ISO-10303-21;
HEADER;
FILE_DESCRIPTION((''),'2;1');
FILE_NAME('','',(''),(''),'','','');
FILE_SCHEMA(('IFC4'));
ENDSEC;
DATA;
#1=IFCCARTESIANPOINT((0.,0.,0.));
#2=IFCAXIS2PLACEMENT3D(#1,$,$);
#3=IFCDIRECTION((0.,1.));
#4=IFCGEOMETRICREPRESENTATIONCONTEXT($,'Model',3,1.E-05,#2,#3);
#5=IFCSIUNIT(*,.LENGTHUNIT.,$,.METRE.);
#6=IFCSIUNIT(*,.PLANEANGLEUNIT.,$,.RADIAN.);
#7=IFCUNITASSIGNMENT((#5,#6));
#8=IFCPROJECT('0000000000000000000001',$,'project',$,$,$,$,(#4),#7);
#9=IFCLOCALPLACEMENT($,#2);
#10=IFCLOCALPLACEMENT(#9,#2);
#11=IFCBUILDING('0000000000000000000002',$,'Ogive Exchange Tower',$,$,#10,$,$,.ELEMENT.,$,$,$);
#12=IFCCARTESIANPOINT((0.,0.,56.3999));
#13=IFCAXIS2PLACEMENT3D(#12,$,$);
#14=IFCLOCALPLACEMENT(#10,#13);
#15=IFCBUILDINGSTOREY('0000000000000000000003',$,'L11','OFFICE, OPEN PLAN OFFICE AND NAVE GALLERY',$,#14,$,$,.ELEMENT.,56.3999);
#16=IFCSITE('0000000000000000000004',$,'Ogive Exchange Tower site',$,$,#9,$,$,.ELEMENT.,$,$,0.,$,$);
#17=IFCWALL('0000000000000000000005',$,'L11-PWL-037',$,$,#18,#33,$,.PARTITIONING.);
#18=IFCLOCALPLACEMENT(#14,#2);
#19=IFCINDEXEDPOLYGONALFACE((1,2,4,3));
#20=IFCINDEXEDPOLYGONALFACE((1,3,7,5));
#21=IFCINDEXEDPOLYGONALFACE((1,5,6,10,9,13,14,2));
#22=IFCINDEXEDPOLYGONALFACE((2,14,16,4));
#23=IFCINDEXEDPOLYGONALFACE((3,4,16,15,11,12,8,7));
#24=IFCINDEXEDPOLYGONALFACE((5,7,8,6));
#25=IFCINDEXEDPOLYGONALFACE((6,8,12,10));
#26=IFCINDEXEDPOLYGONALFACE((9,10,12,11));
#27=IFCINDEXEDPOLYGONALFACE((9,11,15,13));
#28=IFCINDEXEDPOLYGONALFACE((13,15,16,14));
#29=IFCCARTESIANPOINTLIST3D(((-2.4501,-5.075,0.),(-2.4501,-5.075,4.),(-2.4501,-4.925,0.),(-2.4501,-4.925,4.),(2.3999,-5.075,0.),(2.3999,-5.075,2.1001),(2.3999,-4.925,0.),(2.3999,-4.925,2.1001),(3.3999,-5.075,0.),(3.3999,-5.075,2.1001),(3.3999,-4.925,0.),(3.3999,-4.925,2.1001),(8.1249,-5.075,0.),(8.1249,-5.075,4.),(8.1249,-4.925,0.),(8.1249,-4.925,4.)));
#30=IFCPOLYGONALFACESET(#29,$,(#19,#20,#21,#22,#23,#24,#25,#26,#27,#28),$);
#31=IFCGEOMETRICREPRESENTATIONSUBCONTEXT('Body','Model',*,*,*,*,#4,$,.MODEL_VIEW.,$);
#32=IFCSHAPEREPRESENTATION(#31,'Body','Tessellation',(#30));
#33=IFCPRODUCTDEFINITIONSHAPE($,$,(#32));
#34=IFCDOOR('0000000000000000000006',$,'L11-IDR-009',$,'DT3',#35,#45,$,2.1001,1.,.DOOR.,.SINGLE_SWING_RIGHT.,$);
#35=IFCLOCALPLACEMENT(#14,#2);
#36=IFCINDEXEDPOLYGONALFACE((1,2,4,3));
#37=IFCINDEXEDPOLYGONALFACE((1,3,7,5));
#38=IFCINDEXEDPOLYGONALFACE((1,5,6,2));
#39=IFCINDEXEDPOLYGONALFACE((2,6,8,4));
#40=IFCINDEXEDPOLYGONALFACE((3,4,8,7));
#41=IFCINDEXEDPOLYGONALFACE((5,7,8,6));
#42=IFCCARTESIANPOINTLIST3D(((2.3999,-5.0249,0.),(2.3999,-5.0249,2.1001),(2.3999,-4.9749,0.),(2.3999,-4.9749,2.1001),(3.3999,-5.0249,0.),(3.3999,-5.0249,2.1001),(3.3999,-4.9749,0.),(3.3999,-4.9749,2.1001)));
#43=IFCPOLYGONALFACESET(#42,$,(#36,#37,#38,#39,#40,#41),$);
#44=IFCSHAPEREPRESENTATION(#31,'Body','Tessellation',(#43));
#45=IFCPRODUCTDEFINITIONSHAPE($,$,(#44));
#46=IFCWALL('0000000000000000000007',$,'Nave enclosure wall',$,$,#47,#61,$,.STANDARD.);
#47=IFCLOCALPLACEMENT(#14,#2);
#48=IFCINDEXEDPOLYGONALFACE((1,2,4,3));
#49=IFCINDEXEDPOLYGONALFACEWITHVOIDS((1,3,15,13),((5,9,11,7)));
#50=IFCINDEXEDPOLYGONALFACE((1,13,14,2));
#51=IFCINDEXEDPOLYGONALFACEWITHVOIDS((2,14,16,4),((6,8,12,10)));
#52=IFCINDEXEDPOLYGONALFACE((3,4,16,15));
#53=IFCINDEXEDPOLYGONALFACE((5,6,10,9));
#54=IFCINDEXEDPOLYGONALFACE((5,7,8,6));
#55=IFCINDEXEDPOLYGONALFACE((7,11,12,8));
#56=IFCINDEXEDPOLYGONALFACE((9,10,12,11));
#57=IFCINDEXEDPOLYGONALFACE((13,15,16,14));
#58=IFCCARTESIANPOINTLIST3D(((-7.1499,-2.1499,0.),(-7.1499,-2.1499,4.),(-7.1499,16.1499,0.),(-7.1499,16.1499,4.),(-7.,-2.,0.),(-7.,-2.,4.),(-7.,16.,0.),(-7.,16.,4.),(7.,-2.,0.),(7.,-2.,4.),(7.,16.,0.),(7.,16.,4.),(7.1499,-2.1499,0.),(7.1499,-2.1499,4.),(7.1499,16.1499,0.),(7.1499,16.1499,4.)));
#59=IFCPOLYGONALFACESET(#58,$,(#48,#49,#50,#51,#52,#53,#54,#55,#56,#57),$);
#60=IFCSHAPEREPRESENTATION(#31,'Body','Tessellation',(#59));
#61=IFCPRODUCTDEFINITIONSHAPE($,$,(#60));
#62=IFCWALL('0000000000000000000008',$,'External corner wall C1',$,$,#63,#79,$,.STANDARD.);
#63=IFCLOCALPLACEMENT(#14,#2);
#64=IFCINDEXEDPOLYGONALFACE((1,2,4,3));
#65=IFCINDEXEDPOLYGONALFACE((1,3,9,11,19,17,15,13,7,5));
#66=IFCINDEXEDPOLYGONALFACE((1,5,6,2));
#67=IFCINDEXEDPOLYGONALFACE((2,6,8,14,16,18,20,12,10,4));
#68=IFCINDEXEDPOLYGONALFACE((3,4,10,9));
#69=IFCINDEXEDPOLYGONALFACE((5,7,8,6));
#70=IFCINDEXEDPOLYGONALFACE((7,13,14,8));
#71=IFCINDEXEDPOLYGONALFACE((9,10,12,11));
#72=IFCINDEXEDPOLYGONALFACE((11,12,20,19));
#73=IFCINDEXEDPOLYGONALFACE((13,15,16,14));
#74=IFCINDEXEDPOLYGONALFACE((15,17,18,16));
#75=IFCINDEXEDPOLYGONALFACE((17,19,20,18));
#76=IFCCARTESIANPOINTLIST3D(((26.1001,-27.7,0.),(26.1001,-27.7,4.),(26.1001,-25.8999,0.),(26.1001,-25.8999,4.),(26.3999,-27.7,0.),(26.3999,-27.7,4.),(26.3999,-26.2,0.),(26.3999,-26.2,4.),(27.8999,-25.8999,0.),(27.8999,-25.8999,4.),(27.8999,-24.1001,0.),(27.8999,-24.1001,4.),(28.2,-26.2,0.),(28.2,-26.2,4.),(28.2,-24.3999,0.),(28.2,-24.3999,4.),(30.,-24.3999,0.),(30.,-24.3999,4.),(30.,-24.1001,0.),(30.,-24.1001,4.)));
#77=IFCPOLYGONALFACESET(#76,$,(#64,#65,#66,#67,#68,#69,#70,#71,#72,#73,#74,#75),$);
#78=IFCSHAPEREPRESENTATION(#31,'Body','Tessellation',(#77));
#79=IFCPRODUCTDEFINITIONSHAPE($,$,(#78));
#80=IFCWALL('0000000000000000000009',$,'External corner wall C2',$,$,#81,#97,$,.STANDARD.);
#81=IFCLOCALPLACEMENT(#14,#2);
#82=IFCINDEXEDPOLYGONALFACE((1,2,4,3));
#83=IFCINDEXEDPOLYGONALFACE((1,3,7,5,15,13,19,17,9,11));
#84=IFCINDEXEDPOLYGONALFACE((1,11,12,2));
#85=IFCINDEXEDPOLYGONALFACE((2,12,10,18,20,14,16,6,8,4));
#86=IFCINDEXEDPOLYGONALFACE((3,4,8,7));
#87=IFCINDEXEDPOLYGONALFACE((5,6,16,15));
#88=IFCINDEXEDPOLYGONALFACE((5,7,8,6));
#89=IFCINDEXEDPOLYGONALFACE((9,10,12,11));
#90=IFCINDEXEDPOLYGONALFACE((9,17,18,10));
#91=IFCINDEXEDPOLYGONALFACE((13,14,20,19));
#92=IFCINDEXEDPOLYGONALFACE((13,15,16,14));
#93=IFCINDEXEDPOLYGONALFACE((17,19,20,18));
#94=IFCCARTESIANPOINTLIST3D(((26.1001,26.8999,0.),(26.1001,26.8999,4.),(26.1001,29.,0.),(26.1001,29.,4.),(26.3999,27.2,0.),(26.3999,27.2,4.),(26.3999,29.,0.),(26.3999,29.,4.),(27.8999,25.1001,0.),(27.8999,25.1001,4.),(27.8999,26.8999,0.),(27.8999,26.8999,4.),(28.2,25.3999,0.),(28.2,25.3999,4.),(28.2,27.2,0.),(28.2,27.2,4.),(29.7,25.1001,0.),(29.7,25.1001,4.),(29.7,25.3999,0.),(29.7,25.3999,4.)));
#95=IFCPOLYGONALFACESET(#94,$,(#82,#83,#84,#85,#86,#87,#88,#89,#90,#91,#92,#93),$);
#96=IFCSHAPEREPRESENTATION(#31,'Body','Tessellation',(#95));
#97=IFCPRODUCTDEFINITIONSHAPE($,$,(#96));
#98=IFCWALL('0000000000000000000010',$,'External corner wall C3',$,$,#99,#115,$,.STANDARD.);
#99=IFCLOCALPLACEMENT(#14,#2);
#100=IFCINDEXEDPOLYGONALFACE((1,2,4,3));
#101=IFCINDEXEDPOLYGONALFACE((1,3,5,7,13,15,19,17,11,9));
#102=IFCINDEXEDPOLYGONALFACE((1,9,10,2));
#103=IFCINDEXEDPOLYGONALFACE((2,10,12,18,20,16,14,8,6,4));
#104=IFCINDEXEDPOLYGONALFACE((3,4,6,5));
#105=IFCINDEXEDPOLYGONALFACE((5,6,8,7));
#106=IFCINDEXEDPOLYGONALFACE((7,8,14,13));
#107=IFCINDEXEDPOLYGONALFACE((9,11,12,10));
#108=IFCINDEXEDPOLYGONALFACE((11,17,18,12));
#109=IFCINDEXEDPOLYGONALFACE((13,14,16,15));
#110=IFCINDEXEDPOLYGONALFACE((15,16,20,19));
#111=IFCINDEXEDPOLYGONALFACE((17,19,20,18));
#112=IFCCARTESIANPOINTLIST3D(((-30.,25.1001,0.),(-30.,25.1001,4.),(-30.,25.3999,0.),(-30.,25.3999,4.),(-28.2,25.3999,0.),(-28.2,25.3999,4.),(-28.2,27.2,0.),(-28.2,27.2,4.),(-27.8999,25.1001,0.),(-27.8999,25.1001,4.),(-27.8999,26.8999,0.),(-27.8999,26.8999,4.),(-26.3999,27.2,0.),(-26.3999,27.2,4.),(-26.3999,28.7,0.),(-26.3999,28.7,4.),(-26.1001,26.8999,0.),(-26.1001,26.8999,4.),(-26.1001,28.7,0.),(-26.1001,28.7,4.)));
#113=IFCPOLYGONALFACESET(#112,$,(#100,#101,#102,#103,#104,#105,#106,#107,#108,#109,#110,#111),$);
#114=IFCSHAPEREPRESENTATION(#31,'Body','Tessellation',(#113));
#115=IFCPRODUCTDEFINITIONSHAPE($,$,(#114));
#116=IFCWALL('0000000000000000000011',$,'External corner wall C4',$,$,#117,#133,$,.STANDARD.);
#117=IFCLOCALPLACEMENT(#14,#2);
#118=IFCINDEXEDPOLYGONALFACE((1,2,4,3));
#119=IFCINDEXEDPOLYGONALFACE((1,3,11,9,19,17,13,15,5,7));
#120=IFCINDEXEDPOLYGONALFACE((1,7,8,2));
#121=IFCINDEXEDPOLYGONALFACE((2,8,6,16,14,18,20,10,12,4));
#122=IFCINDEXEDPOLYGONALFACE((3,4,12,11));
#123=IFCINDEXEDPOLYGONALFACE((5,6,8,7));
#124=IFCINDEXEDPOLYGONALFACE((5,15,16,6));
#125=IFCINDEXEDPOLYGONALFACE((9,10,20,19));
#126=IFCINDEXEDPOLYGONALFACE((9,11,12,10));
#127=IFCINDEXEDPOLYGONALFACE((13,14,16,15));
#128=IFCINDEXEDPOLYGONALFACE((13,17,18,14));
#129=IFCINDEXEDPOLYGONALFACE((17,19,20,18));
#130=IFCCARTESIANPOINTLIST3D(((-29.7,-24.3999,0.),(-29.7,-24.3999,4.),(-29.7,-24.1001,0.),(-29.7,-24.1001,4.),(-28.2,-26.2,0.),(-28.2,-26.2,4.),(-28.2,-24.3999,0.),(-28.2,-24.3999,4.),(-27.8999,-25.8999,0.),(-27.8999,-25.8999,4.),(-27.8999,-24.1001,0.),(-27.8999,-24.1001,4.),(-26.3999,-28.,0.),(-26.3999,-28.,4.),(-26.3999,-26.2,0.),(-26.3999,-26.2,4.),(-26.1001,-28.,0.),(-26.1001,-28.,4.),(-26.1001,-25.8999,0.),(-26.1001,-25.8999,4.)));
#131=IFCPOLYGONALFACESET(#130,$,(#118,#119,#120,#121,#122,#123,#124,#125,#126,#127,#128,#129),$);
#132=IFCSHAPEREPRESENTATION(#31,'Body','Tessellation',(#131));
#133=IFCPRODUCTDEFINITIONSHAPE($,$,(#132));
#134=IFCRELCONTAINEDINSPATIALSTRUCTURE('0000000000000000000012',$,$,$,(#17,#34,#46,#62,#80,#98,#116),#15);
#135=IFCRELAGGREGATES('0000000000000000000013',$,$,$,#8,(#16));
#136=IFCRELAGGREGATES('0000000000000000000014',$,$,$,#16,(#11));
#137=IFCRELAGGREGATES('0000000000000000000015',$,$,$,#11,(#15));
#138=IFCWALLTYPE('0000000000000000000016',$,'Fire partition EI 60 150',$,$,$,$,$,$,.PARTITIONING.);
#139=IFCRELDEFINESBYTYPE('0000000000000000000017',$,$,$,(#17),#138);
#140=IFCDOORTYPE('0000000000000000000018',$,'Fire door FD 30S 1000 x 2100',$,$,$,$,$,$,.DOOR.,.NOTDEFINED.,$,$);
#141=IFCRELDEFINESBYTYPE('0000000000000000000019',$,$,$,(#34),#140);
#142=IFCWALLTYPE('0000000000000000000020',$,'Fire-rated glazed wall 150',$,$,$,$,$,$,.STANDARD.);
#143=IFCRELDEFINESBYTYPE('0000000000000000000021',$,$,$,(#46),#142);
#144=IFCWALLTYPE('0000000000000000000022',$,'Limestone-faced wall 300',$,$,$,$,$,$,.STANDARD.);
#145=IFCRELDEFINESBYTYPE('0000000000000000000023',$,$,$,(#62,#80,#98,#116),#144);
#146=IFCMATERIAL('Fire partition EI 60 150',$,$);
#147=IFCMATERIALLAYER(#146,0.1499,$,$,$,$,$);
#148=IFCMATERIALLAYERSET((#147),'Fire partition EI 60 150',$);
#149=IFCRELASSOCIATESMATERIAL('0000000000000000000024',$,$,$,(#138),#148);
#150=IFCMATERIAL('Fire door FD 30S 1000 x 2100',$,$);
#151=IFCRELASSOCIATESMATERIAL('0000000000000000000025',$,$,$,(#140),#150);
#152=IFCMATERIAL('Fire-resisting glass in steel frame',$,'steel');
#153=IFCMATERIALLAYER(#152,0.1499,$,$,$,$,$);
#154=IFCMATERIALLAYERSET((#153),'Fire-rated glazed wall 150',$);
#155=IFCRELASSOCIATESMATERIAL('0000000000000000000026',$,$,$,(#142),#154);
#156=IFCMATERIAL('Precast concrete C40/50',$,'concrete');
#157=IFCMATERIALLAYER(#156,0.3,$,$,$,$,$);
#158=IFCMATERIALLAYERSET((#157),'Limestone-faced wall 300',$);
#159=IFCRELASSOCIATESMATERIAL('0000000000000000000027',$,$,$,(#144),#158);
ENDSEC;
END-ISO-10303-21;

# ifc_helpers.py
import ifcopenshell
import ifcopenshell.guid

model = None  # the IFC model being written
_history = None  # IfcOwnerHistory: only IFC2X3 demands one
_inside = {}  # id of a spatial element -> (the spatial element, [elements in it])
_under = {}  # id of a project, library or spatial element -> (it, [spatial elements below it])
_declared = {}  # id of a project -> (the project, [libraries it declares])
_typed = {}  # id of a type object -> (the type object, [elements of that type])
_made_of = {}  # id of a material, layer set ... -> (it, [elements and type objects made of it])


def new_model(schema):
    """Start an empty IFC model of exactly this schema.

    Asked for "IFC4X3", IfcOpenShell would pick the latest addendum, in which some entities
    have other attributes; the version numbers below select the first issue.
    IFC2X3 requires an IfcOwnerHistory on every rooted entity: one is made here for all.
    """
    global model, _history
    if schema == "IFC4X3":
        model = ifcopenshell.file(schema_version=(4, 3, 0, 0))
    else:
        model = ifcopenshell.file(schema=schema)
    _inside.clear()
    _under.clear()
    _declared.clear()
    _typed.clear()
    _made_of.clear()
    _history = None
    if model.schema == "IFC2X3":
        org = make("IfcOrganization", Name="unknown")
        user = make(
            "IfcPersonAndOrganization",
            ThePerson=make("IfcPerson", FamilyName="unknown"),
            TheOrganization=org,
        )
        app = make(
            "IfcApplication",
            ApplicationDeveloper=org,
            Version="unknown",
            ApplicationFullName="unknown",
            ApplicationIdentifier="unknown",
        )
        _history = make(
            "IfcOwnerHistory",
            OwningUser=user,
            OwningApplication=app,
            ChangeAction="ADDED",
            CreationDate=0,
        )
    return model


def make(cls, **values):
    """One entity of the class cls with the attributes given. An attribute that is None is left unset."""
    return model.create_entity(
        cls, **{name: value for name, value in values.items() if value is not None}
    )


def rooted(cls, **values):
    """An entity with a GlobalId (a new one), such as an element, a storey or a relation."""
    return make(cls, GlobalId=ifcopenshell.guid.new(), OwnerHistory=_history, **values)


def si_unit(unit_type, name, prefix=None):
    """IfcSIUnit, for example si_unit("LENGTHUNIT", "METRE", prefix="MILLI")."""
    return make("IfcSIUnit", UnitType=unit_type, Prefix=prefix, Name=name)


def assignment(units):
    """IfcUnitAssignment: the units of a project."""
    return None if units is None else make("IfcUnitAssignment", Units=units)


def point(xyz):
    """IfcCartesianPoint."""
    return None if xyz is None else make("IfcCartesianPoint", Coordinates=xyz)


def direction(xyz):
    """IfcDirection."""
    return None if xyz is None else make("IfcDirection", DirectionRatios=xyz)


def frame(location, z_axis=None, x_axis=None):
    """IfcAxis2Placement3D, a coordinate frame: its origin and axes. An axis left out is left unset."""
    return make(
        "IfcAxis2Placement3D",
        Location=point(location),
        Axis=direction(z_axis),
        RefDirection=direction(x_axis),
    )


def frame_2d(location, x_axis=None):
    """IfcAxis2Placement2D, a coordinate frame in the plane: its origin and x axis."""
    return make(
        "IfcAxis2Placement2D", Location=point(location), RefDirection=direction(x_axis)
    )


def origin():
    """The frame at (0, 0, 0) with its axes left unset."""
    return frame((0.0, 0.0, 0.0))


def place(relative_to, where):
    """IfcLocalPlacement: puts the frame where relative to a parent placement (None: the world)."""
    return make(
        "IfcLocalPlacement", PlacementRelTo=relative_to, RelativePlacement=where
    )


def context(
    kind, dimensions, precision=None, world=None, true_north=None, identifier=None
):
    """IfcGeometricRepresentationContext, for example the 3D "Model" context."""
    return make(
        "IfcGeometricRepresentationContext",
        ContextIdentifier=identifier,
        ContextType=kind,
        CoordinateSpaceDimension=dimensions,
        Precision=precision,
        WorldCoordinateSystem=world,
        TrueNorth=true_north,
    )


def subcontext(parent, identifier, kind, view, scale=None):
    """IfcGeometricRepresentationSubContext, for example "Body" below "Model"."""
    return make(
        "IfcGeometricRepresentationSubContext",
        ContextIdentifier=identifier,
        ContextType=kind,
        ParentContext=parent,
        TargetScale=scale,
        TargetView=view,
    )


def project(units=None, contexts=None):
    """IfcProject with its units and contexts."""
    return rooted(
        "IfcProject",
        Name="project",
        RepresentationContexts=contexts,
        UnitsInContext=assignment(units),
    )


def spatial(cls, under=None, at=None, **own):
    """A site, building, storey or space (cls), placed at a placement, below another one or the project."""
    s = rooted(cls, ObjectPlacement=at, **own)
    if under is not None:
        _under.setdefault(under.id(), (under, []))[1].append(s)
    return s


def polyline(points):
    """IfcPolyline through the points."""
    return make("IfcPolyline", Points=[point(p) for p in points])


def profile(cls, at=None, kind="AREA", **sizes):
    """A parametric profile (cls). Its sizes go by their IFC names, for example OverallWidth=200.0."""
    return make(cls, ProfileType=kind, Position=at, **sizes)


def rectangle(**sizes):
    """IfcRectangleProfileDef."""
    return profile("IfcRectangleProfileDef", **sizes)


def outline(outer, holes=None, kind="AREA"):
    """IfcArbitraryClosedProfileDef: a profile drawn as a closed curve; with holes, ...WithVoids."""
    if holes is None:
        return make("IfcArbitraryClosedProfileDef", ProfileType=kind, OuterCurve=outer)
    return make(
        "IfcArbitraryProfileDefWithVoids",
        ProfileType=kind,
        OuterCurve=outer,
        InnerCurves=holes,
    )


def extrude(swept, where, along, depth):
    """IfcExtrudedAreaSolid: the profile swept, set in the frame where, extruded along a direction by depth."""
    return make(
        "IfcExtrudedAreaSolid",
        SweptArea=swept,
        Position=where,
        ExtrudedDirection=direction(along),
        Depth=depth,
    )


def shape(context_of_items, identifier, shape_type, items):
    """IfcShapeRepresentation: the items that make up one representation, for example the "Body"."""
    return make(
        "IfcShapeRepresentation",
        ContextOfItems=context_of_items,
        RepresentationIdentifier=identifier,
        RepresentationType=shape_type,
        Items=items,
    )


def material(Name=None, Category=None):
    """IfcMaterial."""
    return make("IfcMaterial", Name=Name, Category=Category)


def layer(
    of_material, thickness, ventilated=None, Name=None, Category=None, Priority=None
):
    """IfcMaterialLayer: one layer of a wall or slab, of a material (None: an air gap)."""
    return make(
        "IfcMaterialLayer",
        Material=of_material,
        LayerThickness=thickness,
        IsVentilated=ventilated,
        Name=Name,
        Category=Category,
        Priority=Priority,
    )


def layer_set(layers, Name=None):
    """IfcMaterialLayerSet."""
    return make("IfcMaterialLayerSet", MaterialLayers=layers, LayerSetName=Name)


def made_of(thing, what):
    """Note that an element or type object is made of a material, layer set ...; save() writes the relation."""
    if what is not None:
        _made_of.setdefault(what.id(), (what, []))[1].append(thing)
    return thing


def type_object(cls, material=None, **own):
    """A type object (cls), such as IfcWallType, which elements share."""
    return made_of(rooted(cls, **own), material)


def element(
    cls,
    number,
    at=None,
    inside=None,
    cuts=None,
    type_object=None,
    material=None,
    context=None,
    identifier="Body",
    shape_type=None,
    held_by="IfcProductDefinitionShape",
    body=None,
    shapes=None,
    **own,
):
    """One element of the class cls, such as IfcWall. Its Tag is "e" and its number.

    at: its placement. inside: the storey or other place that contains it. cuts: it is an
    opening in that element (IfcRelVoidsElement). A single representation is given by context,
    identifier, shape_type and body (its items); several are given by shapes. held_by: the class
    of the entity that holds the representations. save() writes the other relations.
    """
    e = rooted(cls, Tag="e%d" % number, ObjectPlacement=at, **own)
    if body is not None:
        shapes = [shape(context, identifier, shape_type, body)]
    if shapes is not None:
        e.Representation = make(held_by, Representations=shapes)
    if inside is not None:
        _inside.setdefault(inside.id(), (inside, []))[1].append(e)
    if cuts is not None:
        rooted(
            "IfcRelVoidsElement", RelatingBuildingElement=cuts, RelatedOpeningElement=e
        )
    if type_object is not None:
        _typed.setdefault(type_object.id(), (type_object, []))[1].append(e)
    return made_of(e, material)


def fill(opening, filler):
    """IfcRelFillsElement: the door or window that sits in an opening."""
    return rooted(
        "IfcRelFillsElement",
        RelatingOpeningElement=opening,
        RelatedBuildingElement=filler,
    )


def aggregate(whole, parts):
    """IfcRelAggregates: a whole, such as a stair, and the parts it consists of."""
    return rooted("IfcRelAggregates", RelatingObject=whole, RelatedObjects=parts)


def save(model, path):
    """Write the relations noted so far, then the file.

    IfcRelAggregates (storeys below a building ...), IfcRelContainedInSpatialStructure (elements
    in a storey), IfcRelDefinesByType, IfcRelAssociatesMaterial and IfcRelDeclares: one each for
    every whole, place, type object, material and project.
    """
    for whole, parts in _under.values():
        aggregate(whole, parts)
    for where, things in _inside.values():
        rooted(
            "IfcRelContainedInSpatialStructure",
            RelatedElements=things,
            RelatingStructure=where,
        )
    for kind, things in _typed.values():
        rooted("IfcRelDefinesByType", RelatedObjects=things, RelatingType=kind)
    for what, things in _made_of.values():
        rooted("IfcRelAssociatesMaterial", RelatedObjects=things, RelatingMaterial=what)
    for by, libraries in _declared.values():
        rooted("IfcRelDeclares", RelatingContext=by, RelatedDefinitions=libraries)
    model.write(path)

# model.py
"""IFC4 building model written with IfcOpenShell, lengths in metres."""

from ifc_helpers import new_model, si_unit, direction, frame, frame_2d, origin, place, context, subcontext, project, spatial, polyline, rectangle, outline, extrude, material, layer, layer_set, type_object, element, fill, save


model = new_model("IFC4")

# Units and contexts
model_context = context("Model", 3, precision=1e-05, world=origin(), true_north=direction((0.0, 1.0)))
body_context = subcontext(model_context, "Body", "Model", "MODEL_VIEW")
ifc_project = project(units=[si_unit("LENGTHUNIT", "METRE"), si_unit("PLANEANGLEUNIT", "RADIAN")], contexts=[model_context])

# Site, building, storey
site_placement = place(None, origin())
site = spatial("IfcSite", under=ifc_project, at=site_placement, Name="Ogive Exchange Tower site", CompositionType="ELEMENT", RefElevation=0.0)
building_placement = place(site_placement, origin())
building = spatial("IfcBuilding", under=site, at=building_placement, Name="Ogive Exchange Tower", CompositionType="ELEMENT")
storey_placement = place(building_placement, frame((0.0, 0.0, 56.3999)))
storey = spatial("IfcBuildingStorey", under=building, at=storey_placement, Name="L11", Description="OFFICE, OPEN PLAN OFFICE AND NAVE GALLERY", CompositionType="ELEMENT", Elevation=56.3999)

# Shared definitions
ifc_material_1 = material(Name="Fire partition EI 60 150")
ifc_layer_1 = layer(ifc_material_1, 0.1499)
ifc_layer_set_1 = layer_set([ifc_layer_1], Name="Fire partition EI 60 150")
wall_type_1 = type_object("IfcWallType", Name="Fire partition EI 60 150", PredefinedType="PARTITIONING", material=ifc_layer_set_1)

# Wall, opening, door
wall_1_placement = place(storey_placement, frame((8.125, -5.0, 0.0), z_axis=(0.0, 0.0, 1.0), x_axis=(-1.0, 0.0, 0.0)))
wall_1 = element("IfcWall", 1, at=wall_1_placement, inside=storey, type_object=wall_type_1, Name="L11-PWL-037", PredefinedType="PARTITIONING", context=body_context, shape_type="SweptSolid", body=[
    extrude(rectangle(XDim=10.575, YDim=0.1499, at=frame_2d((5.2876, 0.0))), origin(), (0.0, 0.0, 1.0), 4.0),
])
opening_1_placement = place(wall_1_placement, frame((4.7251, 0.0, 0.0)))
opening_1 = element("IfcOpeningElement", 2, at=opening_1_placement, cuts=wall_1, PredefinedType="OPENING", context=body_context, shape_type="SweptSolid", body=[
    extrude(rectangle(XDim=1.0, YDim=2.1001, at=frame_2d((0.5, 1.05))), frame((0.0, 0.085, 0.0), z_axis=(0.0, -1.0, 0.0), x_axis=(1.0, 0.0, 0.0)), (0.0, 0.0, 1.0), 0.1699),
])
ifc_material_2 = material(Name="Fire door FD 30S 1000 x 2100")
door_type_1 = type_object("IfcDoorType", Name="Fire door FD 30S 1000 x 2100", OperationType="NOTDEFINED", PredefinedType="DOOR", material=ifc_material_2)
door_1_placement = place(opening_1_placement, origin())
door_1 = element("IfcDoor", 3, at=door_1_placement, inside=storey, type_object=door_type_1, Name="L11-IDR-009", ObjectType="DT3", OperationType="SINGLE_SWING_RIGHT", OverallHeight=2.1001, OverallWidth=1.0, PredefinedType="DOOR", context=body_context, shape_type="SweptSolid", body=[
    extrude(rectangle(XDim=1.0, YDim=2.1001, at=frame_2d((0.5, 1.05))), frame((0.0, 0.0249, 0.0), z_axis=(0.0, -1.0, 0.0), x_axis=(1.0, 0.0, 0.0)), (0.0, 0.0, 1.0), 0.05),
])
fill(opening_1, door_1)

# Walls
ifc_material_3 = material(Name="Fire-resisting glass in steel frame", Category="steel")
ifc_layer_2 = layer(ifc_material_3, 0.1499)
ifc_layer_set_2 = layer_set([ifc_layer_2], Name="Fire-rated glazed wall 150")
wall_type_2 = type_object("IfcWallType", Name="Fire-rated glazed wall 150", PredefinedType="STANDARD", material=ifc_layer_set_2)
wall_2_placement = place(storey_placement, origin())
element("IfcWall", 4, at=wall_2_placement, inside=storey, type_object=wall_type_2, Name="Nave enclosure wall", PredefinedType="STANDARD", context=body_context, shape_type="SweptSolid", body=[
    extrude(outline(polyline([(-7.1499, -2.1499), (7.1499, -2.1499), (7.1499, 16.1499), (-7.1499, 16.1499), (-7.1499, -2.1499)]), holes=[polyline([(-7.0, -2.0), (-7.0, 16.0), (7.0, 16.0), (7.0, -2.0), (-7.0, -2.0)])]), origin(), (0.0, 0.0, 1.0), 4.0),
])
ifc_material_4 = material(Name="Precast concrete C40/50", Category="concrete")
ifc_layer_3 = layer(ifc_material_4, 0.3)
ifc_layer_set_3 = layer_set([ifc_layer_3], Name="Limestone-faced wall 300")
wall_type_3 = type_object("IfcWallType", Name="Limestone-faced wall 300", PredefinedType="STANDARD", material=ifc_layer_set_3)
wall_3_placement = place(storey_placement, origin())
element("IfcWall", 5, at=wall_3_placement, inside=storey, type_object=wall_type_3, Name="External corner wall C1", PredefinedType="STANDARD", context=body_context, shape_type="SweptSolid", body=[
    extrude(outline(polyline([(27.8999, -25.8999), (27.8999, -24.1001), (30.0, -24.1001), (30.0, -24.3999), (28.2, -24.3999), (28.2, -26.2), (26.3999, -26.2), (26.3999, -27.7), (26.1001, -27.7), (26.1001, -25.8999), (27.8999, -25.8999)])), origin(), (0.0, 0.0, 1.0), 4.0),
])
wall_4_placement = place(storey_placement, origin())
element("IfcWall", 6, at=wall_4_placement, inside=storey, type_object=wall_type_3, Name="External corner wall C2", PredefinedType="STANDARD", context=body_context, shape_type="SweptSolid", body=[
    extrude(outline(polyline([(27.8999, 26.8999), (26.1001, 26.8999), (26.1001, 29.0), (26.3999, 29.0), (26.3999, 27.2), (28.2, 27.2), (28.2, 25.3999), (29.7, 25.3999), (29.7, 25.1001), (27.8999, 25.1001), (27.8999, 26.8999)])), origin(), (0.0, 0.0, 1.0), 4.0),
])
wall_5_placement = place(storey_placement, origin())
element("IfcWall", 7, at=wall_5_placement, inside=storey, type_object=wall_type_3, Name="External corner wall C3", PredefinedType="STANDARD", context=body_context, shape_type="SweptSolid", body=[
    extrude(outline(polyline([(-28.2, 25.3999), (-28.2, 27.2), (-26.3999, 27.2), (-26.3999, 28.7), (-26.1001, 28.7), (-26.1001, 26.8999), (-27.8999, 26.8999), (-27.8999, 25.1001), (-30.0, 25.1001), (-30.0, 25.3999), (-28.2, 25.3999)])), origin(), (0.0, 0.0, 1.0), 4.0),
])
wall_6_placement = place(storey_placement, origin())
element("IfcWall", 8, at=wall_6_placement, inside=storey, type_object=wall_type_3, Name="External corner wall C4", PredefinedType="STANDARD", context=body_context, shape_type="SweptSolid", body=[
    extrude(outline(polyline([(-26.3999, -26.2), (-28.2, -26.2), (-28.2, -24.3999), (-29.7, -24.3999), (-29.7, -24.1001), (-27.8999, -24.1001), (-27.8999, -25.8999), (-26.1001, -25.8999), (-26.1001, -28.0), (-26.3999, -28.0), (-26.3999, -26.2)])), origin(), (0.0, 0.0, 1.0), 4.0),
])

save(model, "model.ifc")
